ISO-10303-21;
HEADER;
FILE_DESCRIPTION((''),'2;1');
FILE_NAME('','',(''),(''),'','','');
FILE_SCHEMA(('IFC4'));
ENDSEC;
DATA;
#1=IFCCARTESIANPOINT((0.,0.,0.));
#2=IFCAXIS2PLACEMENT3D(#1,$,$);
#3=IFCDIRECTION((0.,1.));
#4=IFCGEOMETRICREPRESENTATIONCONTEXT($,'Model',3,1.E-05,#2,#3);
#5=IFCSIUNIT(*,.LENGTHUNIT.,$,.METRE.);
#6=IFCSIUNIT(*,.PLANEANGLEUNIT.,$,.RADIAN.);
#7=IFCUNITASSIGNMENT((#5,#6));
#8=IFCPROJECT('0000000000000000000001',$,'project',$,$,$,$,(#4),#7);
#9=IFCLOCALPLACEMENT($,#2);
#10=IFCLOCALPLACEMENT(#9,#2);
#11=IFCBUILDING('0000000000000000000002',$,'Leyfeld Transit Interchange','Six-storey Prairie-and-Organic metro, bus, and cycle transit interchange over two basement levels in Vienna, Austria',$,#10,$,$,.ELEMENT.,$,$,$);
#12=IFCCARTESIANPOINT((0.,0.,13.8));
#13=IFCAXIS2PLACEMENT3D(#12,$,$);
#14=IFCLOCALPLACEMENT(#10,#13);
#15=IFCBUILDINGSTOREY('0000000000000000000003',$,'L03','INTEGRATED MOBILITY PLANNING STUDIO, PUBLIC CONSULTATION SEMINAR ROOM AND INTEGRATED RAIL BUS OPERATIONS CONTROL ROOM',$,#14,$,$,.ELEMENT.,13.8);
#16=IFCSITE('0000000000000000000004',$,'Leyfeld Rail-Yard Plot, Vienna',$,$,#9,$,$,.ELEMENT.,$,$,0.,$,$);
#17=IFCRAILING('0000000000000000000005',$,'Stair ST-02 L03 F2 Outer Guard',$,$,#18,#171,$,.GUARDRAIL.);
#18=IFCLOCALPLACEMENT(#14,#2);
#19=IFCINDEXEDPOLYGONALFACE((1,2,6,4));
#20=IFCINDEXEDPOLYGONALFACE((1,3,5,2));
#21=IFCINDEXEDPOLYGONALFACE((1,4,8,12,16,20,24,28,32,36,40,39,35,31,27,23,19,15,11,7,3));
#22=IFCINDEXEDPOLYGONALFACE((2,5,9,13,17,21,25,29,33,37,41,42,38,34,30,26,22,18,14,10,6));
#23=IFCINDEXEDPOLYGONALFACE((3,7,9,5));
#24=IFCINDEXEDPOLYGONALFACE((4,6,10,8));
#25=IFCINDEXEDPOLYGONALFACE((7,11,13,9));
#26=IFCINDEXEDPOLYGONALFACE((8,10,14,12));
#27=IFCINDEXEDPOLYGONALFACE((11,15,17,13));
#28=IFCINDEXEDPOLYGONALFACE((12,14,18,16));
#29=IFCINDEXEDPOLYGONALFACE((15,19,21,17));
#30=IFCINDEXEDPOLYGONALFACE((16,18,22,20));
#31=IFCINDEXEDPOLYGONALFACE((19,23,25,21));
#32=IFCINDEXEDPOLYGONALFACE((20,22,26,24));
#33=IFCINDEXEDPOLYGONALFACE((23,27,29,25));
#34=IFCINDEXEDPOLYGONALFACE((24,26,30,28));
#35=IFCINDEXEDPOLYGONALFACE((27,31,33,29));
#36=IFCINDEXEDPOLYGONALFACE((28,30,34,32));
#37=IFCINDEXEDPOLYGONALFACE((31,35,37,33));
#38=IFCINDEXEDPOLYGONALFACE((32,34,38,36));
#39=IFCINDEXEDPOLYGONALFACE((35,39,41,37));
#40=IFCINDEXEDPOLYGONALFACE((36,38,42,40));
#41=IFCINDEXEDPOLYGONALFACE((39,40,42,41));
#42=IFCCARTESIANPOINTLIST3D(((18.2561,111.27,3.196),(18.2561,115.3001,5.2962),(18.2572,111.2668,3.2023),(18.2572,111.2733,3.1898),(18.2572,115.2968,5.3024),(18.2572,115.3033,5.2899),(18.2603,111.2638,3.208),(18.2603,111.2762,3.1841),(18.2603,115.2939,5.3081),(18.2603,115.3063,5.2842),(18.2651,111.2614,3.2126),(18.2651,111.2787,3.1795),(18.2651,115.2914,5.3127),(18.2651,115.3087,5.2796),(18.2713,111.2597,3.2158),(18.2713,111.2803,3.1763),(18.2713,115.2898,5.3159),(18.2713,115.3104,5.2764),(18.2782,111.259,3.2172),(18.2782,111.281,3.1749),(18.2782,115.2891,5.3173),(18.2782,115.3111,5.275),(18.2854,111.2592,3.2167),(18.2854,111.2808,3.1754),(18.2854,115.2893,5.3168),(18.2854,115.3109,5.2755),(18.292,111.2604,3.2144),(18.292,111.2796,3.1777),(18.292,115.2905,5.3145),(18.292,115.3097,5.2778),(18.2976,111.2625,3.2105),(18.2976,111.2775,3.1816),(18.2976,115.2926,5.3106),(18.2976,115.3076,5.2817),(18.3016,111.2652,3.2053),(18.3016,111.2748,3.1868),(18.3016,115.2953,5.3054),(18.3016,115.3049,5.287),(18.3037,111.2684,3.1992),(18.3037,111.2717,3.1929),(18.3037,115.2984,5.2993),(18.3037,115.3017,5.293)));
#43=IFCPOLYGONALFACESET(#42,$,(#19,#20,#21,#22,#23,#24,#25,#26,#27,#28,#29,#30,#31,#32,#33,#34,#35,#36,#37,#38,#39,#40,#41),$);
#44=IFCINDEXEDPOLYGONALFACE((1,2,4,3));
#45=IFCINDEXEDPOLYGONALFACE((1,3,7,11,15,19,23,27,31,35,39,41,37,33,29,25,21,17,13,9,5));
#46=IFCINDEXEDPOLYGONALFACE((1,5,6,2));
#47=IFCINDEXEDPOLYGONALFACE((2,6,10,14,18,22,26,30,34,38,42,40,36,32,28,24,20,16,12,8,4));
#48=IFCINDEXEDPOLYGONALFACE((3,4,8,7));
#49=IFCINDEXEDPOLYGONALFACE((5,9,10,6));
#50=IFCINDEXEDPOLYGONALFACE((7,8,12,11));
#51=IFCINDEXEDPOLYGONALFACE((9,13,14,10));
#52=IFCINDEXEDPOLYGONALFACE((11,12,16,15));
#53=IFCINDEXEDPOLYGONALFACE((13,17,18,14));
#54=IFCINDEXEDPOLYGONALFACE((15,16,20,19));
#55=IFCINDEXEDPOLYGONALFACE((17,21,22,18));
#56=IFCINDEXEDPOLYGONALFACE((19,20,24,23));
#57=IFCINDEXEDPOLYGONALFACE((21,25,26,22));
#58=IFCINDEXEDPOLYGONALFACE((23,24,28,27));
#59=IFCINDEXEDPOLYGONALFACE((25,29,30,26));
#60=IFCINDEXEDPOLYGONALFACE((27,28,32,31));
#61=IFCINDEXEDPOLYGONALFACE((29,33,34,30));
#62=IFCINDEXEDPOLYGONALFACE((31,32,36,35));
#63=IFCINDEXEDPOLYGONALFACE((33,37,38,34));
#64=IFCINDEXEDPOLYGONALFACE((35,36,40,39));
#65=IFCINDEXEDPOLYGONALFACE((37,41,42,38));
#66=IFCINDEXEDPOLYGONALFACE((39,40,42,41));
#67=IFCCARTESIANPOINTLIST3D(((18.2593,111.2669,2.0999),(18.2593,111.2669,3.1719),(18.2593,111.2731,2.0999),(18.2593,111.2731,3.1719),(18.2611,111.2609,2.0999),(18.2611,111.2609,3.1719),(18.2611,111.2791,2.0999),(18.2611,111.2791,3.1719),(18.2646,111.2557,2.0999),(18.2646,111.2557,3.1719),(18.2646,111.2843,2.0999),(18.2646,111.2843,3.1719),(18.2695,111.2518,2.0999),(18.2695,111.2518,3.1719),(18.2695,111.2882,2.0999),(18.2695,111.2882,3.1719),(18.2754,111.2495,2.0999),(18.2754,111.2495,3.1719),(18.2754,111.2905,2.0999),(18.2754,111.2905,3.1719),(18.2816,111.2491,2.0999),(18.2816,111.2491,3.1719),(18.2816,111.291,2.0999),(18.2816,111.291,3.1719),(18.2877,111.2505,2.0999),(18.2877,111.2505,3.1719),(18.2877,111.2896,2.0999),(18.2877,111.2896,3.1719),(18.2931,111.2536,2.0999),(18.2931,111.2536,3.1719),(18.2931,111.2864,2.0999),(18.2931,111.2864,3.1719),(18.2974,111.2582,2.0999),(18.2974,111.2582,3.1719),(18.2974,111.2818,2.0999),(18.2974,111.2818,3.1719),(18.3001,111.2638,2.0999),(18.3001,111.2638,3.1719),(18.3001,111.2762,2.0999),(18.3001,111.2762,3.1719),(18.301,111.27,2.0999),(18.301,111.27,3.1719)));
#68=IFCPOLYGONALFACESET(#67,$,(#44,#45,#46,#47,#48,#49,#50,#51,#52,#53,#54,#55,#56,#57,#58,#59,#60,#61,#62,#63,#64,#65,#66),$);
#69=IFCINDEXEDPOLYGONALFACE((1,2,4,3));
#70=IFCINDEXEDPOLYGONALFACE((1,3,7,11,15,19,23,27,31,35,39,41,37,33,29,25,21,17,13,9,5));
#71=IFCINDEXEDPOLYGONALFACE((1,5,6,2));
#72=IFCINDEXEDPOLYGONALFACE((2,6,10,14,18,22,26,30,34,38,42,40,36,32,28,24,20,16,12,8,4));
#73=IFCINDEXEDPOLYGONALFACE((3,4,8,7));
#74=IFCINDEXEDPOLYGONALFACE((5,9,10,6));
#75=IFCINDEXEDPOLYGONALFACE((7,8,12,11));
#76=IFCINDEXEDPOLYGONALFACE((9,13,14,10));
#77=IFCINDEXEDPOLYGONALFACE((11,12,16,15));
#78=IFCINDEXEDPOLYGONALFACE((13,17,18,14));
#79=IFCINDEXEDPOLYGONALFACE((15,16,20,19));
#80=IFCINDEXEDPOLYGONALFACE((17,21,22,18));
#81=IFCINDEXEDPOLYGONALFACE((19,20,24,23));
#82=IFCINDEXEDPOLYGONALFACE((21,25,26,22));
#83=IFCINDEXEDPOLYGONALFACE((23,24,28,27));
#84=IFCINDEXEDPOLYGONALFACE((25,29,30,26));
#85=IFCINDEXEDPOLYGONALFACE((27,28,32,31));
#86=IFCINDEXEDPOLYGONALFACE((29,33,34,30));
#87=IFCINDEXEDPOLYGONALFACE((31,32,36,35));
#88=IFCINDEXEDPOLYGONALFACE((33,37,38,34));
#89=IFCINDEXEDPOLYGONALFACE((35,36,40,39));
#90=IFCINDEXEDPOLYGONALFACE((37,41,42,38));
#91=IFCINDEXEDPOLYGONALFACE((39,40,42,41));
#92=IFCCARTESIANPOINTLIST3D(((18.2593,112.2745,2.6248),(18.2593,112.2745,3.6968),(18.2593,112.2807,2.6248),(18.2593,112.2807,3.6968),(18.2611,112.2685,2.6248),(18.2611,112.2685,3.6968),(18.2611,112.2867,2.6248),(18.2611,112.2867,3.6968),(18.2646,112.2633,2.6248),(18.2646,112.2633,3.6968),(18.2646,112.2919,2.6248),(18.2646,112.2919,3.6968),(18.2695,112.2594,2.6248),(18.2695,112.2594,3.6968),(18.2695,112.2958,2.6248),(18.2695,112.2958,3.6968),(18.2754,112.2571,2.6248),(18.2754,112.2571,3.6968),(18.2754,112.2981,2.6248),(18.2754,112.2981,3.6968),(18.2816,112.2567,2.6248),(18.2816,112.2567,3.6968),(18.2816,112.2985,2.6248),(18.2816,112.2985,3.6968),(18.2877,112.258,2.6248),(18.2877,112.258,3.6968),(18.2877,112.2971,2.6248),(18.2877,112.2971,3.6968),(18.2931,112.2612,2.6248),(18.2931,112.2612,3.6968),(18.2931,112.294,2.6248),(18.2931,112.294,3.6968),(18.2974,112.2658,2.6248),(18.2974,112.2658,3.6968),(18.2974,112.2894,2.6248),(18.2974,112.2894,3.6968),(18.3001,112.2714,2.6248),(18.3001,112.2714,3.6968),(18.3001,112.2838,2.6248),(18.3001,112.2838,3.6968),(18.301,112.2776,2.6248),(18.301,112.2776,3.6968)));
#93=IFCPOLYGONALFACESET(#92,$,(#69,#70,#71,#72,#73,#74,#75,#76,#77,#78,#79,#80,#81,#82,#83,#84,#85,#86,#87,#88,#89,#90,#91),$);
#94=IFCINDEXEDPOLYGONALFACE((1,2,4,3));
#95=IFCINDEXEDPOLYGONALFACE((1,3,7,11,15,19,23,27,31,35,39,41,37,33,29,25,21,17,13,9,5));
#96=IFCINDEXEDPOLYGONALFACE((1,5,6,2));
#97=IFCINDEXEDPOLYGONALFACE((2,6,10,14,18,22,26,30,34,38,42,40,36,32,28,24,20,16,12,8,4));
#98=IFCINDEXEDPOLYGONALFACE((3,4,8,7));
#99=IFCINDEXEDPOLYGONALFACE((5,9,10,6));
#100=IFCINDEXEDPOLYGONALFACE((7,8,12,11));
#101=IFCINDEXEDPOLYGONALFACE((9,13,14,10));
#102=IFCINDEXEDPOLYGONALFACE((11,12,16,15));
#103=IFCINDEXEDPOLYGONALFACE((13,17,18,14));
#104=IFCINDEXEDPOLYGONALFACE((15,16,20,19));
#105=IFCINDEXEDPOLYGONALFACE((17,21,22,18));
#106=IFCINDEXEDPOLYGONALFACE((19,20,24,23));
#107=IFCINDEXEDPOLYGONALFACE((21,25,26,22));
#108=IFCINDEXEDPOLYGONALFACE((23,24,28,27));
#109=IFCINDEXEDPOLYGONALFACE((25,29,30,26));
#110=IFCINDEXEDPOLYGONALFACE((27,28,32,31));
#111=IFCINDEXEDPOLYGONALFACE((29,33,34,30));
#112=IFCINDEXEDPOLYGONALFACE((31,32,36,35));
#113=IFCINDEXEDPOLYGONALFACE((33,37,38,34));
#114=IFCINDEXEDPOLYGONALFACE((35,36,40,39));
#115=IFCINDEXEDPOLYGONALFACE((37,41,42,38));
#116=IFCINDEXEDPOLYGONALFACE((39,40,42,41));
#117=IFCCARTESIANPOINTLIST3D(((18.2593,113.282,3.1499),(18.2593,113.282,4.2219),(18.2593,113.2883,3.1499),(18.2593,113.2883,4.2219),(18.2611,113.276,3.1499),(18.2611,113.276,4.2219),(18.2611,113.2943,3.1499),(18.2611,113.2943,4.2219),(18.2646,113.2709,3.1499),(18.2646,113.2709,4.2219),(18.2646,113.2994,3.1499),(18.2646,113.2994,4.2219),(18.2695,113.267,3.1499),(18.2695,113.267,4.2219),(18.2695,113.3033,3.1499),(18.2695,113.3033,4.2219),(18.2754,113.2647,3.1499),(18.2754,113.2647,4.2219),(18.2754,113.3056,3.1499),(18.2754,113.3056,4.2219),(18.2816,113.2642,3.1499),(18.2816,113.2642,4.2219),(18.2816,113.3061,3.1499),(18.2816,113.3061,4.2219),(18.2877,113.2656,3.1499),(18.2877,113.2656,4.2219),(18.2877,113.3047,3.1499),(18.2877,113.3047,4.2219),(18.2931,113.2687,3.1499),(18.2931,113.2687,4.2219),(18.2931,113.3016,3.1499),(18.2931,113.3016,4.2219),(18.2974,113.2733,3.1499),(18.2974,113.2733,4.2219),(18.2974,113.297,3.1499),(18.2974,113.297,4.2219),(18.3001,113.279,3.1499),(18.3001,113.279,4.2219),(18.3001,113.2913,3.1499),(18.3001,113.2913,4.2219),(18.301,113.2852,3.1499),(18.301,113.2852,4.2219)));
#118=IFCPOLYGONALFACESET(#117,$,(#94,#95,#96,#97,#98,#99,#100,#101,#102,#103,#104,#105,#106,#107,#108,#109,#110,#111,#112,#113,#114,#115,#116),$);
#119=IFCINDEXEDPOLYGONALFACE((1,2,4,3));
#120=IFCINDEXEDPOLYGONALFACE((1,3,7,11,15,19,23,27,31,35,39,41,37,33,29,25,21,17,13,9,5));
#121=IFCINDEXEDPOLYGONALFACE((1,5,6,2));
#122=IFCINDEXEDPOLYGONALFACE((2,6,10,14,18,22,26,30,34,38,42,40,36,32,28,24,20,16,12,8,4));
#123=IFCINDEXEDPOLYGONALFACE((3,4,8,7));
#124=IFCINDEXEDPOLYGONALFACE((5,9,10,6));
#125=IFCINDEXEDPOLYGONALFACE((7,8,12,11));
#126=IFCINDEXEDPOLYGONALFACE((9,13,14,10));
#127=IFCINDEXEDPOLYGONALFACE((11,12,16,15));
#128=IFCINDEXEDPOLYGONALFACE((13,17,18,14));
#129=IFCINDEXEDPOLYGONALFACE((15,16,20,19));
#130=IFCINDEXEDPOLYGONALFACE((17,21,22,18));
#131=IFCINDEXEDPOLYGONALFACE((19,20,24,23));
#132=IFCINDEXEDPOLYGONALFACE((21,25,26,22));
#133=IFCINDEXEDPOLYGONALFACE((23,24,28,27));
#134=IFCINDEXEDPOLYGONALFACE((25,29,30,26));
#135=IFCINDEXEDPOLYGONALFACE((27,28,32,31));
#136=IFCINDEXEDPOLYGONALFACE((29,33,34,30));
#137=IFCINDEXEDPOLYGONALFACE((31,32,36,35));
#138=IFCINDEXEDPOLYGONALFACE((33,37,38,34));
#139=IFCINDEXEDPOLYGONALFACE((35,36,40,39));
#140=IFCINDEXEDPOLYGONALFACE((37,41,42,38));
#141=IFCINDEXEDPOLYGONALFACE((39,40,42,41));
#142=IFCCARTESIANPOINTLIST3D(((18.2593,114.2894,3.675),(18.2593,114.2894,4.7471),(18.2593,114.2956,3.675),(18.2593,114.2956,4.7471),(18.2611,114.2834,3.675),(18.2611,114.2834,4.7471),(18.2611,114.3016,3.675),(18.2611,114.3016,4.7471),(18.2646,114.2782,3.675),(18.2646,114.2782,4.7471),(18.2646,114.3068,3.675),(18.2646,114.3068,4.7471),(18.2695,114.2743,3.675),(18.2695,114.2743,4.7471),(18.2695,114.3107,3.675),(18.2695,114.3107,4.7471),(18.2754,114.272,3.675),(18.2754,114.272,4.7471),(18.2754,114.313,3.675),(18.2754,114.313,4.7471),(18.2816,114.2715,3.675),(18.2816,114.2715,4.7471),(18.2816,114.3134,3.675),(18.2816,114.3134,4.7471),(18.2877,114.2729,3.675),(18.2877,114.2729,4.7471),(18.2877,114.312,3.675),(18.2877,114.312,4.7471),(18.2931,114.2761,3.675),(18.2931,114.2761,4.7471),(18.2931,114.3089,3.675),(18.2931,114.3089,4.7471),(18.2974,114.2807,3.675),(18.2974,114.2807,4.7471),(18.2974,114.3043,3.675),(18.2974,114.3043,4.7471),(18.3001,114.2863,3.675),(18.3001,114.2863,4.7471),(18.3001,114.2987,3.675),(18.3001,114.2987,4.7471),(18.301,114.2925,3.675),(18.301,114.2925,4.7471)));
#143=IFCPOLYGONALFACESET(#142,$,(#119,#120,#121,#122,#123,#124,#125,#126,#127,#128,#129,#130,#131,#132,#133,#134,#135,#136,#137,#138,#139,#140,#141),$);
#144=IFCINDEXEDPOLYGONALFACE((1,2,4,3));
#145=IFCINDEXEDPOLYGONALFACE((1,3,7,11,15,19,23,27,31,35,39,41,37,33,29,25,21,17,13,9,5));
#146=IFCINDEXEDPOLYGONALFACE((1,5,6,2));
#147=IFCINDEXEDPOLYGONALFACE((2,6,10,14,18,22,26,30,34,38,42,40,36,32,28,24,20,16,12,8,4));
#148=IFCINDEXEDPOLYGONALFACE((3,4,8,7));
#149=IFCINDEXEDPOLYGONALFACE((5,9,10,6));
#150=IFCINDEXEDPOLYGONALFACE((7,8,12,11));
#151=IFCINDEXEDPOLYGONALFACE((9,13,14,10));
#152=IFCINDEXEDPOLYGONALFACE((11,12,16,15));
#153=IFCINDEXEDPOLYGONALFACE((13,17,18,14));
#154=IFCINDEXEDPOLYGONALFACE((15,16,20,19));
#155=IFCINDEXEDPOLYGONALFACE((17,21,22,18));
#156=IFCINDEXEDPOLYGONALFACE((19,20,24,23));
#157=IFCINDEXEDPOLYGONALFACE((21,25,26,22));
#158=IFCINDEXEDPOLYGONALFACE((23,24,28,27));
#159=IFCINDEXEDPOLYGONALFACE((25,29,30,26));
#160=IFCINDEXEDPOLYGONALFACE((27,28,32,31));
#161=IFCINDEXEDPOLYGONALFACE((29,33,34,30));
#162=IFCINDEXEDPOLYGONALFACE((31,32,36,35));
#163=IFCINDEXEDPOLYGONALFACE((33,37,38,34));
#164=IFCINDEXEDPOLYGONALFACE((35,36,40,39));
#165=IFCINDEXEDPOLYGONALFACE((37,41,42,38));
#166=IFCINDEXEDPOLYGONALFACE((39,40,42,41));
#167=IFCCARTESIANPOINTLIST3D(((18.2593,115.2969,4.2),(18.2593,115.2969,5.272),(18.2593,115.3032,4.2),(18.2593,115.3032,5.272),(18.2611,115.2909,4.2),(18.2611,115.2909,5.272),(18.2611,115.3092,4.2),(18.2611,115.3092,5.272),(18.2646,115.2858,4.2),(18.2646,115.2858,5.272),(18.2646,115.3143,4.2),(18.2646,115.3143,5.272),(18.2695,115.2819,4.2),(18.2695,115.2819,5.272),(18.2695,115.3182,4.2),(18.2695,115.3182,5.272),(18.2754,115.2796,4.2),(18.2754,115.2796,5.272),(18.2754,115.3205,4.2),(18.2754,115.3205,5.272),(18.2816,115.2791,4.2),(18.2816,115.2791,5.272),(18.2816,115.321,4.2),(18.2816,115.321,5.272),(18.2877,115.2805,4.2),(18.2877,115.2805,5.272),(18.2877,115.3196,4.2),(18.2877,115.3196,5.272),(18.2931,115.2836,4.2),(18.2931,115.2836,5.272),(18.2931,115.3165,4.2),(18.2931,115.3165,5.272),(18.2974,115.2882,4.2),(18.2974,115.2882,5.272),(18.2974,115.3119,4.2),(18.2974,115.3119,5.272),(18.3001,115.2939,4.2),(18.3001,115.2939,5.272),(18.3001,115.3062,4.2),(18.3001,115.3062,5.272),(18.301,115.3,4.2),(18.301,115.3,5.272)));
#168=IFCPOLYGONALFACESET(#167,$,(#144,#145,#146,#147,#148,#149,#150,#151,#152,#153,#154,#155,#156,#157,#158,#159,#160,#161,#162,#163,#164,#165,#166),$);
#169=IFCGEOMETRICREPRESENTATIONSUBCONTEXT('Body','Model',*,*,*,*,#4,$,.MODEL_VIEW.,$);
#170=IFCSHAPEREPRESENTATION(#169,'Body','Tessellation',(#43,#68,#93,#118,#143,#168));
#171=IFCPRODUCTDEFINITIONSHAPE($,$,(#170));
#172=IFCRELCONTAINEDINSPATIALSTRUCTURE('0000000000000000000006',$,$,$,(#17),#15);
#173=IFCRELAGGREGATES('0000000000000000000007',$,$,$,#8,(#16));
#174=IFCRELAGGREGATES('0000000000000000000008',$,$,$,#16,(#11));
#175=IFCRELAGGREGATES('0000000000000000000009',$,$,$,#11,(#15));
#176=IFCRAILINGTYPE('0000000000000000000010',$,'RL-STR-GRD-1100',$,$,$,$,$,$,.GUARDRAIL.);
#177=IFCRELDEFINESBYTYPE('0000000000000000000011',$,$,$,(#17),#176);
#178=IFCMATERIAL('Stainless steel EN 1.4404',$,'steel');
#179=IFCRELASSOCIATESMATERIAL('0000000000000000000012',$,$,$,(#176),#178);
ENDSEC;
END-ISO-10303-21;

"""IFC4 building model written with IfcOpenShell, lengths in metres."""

from ifc_helpers import new_model, si_unit, direction, frame, origin, origin_2d, place, context, subcontext, project, spatial, circle, extrude, material, type_object, element, save


model = new_model("IFC4")

# Units and contexts
model_context = context("Model", 3, precision=1e-05, world=origin(), true_north=direction((0.0, 1.0)))
body_context = subcontext(model_context, "Body", "Model", "MODEL_VIEW")
ifc_project = project(units=[si_unit("LENGTHUNIT", "METRE"), si_unit("PLANEANGLEUNIT", "RADIAN")], contexts=[model_context])

# Site, building, storey
site_placement = place(None, origin())
site = spatial("IfcSite", under=ifc_project, at=site_placement, Name="Leyfeld Rail-Yard Plot, Vienna", CompositionType="ELEMENT", RefElevation=0.0)
building_placement = place(site_placement, origin())
building = spatial("IfcBuilding", under=site, at=building_placement, Name="Leyfeld Transit Interchange", Description="Six-storey Prairie-and-Organic metro, bus, and cycle transit interchange over two basement levels in Vienna, Austria", CompositionType="ELEMENT")
storey_placement = place(building_placement, frame((0.0, 0.0, 13.8)))
storey = spatial("IfcBuildingStorey", under=building, at=storey_placement, Name="L03", Description="INTEGRATED MOBILITY PLANNING STUDIO, PUBLIC CONSULTATION SEMINAR ROOM AND INTEGRATED RAIL BUS OPERATIONS CONTROL ROOM", CompositionType="ELEMENT", Elevation=13.8)

# Railing
ifc_material_1 = material(Name="Stainless steel EN 1.4404", Category="steel")
railing_type_1 = type_object("IfcRailingType", Name="RL-STR-GRD-1100", PredefinedType="GUARDRAIL", material=ifc_material_1)
for number, where, name in (
    (1, (18.28, 111.27, 2.0999), "Stair ST-02 L03 F2 Outer Guard"),
):
    element("IfcRailing", number, at=place(storey_placement, frame(where)), inside=storey, type_object=railing_type_1, Name=name, PredefinedType="GUARDRAIL", context=body_context, shape_type="SweptSolid", body=[
        extrude(circle(Radius=0.0239, at=origin_2d()), frame((0.0, 0.0, 1.0962), z_axis=(0.0, 0.886813, 0.462129), x_axis=(-1.0, 0.0, 0.0)), (0.0, 0.0, 1.0), 4.5444),
        extrude(circle(Radius=0.021, at=origin_2d()), origin(), (0.0, 0.0, 1.0), 1.072),
        extrude(circle(Radius=0.021, at=origin_2d()), frame((0.0, 1.0076, 0.5249)), (0.0, 0.0, 1.0), 1.072),
        extrude(circle(Radius=0.021, at=origin_2d()), frame((0.0, 2.0151, 1.05)), (0.0, 0.0, 1.0), 1.072),
        extrude(circle(Radius=0.021, at=origin_2d()), frame((0.0, 3.0225, 1.5752)), (0.0, 0.0, 1.0), 1.072),
        extrude(circle(Radius=0.021, at=origin_2d()), frame((0.0, 4.03, 2.1001)), (0.0, 0.0, 1.0), 1.072),
    ])

save(model, "model.ifc")
